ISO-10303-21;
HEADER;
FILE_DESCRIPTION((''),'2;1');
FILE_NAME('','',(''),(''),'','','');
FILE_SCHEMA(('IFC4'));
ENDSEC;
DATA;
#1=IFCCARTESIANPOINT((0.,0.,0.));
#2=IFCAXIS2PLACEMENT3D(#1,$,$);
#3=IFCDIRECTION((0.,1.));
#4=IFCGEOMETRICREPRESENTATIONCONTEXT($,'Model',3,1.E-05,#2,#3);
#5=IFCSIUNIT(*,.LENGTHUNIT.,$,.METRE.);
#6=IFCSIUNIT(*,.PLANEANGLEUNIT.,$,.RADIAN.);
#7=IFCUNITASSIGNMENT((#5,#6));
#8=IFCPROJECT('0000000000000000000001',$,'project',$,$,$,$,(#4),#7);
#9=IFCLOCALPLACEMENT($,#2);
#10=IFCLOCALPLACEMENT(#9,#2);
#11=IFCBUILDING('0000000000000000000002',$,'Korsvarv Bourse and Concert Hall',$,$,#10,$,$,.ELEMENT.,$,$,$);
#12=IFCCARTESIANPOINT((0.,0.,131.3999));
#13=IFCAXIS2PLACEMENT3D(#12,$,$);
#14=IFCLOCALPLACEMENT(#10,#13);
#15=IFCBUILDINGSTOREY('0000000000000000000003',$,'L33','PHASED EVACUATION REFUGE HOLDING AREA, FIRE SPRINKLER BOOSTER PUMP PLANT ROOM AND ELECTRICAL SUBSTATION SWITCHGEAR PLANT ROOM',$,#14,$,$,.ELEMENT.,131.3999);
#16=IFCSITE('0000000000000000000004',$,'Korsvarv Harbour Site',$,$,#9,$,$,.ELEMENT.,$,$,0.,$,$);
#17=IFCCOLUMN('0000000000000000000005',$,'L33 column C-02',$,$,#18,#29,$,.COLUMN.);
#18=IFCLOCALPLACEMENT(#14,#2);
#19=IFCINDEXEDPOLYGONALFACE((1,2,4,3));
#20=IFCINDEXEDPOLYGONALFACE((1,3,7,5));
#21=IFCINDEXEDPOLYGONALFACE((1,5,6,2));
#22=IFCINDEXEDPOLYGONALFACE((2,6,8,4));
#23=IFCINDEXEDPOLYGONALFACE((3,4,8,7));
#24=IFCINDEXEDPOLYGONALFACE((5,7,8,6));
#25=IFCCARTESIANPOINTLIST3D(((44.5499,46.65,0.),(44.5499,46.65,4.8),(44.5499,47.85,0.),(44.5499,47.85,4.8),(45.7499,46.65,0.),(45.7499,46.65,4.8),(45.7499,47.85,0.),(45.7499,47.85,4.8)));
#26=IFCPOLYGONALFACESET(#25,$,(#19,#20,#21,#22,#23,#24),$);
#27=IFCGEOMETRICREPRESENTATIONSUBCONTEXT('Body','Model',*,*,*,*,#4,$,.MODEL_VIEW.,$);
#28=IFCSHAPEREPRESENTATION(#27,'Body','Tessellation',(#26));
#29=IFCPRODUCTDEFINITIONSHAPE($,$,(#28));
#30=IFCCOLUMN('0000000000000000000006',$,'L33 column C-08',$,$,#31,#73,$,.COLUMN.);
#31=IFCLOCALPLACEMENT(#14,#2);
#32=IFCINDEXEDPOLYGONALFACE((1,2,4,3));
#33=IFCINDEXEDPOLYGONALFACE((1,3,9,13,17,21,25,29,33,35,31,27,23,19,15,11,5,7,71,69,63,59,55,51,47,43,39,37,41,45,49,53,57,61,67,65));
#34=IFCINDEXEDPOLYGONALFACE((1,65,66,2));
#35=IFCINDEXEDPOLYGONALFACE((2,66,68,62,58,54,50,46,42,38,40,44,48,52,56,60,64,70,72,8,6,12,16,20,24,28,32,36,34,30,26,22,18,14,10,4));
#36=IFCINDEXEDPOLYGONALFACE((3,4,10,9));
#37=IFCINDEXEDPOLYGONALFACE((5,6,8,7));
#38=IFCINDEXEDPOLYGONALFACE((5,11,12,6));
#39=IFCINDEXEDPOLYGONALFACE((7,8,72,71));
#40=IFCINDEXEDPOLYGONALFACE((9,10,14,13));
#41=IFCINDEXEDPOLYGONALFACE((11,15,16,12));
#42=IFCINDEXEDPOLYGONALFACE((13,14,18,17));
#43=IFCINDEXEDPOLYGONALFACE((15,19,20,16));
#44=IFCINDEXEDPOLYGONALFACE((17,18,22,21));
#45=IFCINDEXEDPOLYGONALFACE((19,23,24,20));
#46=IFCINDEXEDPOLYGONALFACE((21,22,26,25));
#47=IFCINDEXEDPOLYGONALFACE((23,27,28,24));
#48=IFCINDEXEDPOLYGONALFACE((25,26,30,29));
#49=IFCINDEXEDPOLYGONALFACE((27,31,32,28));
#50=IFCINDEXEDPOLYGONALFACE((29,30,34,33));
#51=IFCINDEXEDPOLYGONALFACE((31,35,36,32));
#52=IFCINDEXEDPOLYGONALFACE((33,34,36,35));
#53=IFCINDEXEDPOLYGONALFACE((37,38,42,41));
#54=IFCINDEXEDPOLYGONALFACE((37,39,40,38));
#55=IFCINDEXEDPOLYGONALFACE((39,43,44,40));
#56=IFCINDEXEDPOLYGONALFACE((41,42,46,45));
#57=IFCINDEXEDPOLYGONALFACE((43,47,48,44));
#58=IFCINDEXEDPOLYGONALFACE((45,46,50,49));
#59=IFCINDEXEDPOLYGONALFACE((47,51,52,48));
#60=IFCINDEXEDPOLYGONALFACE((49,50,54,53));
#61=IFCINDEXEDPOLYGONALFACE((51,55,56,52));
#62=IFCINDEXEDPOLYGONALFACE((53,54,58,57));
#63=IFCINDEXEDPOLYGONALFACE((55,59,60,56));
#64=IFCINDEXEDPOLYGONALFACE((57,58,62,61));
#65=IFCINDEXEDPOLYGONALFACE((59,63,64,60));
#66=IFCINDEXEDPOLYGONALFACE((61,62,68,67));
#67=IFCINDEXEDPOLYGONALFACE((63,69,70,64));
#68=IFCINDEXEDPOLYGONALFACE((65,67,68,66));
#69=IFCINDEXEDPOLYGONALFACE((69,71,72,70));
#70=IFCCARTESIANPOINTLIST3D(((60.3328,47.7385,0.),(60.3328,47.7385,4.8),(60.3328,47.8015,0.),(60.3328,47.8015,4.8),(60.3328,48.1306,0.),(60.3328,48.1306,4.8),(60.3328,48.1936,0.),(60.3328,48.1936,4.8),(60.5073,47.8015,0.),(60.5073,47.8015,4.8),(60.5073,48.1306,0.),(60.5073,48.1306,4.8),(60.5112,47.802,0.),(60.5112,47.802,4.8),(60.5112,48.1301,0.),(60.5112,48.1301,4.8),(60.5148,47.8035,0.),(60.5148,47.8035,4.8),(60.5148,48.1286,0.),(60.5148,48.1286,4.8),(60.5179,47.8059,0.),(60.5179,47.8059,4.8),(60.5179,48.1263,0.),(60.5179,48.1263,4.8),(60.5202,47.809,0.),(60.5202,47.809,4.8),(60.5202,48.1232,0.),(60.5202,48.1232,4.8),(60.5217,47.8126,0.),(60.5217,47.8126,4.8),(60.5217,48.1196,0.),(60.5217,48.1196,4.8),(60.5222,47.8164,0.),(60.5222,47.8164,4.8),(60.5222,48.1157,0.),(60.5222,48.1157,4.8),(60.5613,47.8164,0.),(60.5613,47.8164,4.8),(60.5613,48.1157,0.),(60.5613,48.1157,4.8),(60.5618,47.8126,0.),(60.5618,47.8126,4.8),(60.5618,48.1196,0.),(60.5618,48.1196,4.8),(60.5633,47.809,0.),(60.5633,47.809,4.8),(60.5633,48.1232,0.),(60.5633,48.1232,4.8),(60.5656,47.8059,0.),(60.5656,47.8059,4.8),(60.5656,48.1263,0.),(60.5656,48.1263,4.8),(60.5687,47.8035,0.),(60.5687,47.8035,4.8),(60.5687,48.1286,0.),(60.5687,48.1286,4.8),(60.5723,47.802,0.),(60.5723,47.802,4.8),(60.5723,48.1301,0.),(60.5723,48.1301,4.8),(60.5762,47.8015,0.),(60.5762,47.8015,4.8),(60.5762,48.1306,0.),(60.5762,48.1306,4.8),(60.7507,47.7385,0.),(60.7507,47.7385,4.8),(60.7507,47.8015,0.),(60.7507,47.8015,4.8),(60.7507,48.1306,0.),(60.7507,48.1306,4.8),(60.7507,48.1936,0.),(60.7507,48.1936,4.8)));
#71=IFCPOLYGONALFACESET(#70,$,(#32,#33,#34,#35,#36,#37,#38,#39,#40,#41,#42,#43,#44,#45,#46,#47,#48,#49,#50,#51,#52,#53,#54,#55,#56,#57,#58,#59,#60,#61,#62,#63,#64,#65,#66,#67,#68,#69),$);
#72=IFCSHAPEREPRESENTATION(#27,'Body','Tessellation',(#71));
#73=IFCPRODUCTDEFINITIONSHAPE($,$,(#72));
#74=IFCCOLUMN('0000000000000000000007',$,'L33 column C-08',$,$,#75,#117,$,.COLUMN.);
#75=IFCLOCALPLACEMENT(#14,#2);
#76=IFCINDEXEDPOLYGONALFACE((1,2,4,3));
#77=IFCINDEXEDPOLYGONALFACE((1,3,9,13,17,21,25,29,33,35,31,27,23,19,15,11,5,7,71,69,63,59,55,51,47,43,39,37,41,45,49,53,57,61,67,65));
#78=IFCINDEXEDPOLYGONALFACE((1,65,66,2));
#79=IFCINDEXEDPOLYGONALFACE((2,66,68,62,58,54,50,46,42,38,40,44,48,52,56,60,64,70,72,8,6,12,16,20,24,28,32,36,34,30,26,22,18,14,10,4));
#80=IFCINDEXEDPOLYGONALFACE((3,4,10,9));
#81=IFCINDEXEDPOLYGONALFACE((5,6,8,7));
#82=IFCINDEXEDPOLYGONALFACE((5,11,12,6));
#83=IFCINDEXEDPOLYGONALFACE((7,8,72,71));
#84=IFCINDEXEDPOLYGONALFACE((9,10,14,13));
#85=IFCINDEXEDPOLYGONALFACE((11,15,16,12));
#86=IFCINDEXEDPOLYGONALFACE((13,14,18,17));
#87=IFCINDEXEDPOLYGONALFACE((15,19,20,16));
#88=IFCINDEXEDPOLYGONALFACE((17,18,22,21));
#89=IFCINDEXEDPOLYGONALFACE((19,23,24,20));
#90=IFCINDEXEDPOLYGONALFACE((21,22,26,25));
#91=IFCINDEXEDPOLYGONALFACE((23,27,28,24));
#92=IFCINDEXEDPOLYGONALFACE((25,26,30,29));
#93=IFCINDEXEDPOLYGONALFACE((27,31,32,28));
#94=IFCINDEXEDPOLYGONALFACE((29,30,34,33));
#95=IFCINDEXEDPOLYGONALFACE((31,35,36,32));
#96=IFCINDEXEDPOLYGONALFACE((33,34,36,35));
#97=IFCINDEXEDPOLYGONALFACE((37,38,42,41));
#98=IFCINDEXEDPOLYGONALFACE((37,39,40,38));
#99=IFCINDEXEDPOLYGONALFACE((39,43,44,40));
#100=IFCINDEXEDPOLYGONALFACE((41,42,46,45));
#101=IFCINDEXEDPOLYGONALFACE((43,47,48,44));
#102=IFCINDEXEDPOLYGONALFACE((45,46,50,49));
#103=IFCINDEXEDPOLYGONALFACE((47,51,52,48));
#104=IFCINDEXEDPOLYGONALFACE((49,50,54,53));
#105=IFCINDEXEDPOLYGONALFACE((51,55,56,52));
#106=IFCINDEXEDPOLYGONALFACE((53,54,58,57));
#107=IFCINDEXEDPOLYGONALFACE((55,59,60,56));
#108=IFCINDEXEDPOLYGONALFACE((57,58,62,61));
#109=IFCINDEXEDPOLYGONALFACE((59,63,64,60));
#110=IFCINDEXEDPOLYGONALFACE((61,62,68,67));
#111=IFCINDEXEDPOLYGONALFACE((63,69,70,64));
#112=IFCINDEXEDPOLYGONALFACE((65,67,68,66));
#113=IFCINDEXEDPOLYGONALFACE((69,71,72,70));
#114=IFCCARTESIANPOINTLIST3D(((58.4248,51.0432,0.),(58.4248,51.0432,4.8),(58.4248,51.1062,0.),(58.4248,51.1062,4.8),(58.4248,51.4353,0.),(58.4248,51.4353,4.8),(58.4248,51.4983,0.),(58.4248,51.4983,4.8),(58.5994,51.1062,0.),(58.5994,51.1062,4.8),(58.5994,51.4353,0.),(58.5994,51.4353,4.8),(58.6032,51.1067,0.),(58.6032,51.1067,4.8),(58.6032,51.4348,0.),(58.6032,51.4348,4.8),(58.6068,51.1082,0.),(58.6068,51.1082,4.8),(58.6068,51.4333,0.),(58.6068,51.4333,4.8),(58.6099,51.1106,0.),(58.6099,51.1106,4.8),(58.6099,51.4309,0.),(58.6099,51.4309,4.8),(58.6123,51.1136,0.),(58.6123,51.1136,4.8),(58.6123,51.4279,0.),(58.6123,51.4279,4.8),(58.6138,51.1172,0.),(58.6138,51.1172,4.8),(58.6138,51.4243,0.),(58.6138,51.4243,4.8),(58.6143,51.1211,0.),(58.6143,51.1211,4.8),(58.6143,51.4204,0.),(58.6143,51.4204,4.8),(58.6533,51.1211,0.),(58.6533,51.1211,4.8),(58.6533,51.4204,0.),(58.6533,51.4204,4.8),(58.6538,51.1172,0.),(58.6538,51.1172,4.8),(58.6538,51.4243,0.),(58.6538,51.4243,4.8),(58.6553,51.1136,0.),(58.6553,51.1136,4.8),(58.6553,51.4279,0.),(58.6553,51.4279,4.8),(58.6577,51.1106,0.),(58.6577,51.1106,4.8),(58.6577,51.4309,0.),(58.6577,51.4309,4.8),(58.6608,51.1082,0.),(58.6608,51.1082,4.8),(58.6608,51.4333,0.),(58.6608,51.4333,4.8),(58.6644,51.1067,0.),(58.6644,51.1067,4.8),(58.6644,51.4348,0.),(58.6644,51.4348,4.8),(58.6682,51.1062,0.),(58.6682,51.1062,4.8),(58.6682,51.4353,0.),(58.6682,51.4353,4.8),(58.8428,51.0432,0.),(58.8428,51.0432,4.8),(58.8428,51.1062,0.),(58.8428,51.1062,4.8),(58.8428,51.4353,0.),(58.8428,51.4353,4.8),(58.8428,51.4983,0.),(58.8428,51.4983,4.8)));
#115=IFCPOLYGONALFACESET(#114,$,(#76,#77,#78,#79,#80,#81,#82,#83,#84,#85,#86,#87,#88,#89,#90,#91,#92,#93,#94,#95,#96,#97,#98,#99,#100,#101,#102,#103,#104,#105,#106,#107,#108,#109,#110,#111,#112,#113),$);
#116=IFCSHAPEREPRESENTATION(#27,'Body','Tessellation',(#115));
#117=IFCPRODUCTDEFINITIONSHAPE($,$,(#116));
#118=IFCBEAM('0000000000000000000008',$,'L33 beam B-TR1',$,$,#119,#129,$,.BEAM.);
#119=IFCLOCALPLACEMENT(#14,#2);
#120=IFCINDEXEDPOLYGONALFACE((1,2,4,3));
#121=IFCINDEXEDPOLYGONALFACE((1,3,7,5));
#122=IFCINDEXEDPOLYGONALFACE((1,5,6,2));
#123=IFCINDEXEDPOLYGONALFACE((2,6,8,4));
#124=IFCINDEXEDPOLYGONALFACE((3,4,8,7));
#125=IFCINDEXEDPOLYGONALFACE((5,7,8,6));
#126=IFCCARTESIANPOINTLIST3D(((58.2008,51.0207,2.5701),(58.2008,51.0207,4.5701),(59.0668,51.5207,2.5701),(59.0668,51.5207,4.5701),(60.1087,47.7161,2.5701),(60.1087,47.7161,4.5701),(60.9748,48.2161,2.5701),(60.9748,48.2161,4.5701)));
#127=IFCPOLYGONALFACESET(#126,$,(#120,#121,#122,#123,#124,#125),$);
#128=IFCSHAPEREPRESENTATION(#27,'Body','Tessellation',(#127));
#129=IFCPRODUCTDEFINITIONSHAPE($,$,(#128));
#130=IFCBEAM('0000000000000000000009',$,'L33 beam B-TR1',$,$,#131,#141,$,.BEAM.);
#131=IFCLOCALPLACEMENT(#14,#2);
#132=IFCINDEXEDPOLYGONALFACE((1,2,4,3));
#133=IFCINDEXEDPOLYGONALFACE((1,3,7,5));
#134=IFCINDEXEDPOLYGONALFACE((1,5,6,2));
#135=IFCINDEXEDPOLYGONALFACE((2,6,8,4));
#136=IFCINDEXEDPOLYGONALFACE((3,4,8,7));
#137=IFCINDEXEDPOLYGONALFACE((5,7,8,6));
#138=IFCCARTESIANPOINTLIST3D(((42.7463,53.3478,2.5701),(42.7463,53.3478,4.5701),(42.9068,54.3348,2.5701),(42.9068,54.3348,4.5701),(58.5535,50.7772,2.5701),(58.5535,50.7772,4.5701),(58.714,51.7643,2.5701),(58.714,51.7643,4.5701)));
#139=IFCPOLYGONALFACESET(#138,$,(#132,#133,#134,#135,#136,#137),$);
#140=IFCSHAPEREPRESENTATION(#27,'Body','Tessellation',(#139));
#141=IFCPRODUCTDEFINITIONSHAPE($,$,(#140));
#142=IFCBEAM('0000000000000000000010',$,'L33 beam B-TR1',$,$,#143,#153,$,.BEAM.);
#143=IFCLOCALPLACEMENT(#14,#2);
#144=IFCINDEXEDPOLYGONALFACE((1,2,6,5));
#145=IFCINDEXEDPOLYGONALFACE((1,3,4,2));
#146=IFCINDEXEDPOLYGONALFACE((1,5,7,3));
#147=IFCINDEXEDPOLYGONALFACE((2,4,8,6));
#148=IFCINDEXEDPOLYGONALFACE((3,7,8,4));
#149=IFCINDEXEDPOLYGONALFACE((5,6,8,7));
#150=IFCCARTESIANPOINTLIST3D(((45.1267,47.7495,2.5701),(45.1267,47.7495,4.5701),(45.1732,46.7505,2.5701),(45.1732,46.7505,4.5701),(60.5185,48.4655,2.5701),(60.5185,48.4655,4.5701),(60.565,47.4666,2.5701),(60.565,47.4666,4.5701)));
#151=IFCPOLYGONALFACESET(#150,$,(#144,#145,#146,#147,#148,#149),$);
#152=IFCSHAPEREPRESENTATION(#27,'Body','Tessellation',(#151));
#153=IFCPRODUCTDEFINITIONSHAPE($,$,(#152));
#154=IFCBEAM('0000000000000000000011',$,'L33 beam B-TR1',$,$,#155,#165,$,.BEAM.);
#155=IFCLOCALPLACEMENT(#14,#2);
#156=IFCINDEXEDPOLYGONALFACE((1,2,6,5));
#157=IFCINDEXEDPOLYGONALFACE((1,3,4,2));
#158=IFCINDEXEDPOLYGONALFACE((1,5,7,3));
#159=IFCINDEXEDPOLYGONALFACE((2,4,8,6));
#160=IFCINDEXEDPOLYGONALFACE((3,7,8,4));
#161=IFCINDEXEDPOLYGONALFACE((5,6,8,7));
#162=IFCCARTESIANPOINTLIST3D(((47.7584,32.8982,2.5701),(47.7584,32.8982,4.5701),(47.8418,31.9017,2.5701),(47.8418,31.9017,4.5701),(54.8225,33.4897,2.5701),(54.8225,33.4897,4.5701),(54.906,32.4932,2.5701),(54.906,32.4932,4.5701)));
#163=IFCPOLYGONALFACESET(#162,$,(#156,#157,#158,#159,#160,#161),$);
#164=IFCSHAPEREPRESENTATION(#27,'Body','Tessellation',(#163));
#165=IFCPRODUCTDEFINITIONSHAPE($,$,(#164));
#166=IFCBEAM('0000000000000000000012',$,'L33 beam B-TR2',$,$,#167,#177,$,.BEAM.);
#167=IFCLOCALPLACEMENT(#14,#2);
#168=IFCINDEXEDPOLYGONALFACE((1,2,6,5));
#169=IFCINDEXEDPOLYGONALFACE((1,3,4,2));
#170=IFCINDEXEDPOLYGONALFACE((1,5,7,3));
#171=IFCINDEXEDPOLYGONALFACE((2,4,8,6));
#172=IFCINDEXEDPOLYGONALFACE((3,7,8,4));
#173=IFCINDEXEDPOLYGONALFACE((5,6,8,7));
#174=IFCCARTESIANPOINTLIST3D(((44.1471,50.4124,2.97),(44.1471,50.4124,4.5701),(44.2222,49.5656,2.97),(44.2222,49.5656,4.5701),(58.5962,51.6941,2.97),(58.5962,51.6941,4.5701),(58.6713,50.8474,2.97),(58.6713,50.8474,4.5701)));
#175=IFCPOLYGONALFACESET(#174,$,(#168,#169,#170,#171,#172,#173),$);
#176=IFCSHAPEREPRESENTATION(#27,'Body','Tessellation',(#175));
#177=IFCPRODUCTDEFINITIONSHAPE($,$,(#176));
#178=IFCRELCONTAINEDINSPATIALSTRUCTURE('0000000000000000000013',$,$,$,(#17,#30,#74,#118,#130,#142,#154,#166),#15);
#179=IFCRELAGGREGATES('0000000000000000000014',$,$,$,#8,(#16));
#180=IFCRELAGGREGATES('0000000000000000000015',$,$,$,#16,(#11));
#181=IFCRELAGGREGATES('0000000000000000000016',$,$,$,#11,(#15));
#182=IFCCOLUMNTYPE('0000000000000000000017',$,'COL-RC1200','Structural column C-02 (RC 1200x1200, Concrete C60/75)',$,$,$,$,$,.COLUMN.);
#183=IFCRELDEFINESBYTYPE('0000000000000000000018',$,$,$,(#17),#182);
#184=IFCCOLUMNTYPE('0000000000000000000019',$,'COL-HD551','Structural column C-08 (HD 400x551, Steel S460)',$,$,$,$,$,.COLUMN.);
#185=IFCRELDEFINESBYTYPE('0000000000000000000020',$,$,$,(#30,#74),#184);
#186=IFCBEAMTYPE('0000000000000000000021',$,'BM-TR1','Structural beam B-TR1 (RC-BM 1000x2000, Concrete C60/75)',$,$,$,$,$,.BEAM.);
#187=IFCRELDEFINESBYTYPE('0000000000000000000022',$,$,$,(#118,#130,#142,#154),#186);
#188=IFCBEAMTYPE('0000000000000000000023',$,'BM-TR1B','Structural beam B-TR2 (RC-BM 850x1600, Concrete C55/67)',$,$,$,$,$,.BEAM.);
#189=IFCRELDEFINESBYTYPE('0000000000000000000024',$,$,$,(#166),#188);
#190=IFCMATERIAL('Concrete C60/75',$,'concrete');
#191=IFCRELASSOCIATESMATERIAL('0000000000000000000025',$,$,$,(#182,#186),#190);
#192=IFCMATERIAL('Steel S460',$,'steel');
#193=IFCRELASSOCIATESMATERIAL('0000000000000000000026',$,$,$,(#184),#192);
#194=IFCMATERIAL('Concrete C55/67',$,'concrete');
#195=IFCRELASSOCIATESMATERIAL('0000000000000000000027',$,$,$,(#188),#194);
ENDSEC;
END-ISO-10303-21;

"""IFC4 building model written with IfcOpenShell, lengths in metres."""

from ifc_helpers import new_model, si_unit, direction, frame, origin, origin_2d, place, context, subcontext, project, spatial, rectangle, i_section, extrude, source, transform, mapped, material, material_profile, profile_set, type_object, element, save


model = new_model("IFC4")

# Units and contexts
model_context = context("Model", 3, precision=1e-05, world=origin(), true_north=direction((0.0, 1.0)))
body_context = subcontext(model_context, "Body", "Model", "MODEL_VIEW")
ifc_project = project(units=[si_unit("LENGTHUNIT", "METRE"), si_unit("PLANEANGLEUNIT", "RADIAN")], contexts=[model_context])

# Site, building, storey
site_placement = place(None, origin())
site = spatial("IfcSite", under=ifc_project, at=site_placement, Name="Korsvarv Harbour Site", CompositionType="ELEMENT", RefElevation=0.0)
building_placement = place(site_placement, origin())
building = spatial("IfcBuilding", under=site, at=building_placement, Name="Korsvarv Bourse and Concert Hall", CompositionType="ELEMENT")
storey_placement = place(building_placement, frame((0.0, 0.0, 131.3999)))
storey = spatial("IfcBuildingStorey", under=building, at=storey_placement, Name="L33", Description="PHASED EVACUATION REFUGE HOLDING AREA, FIRE SPRINKLER BOOSTER PUMP PLANT ROOM AND ELECTRICAL SUBSTATION SWITCHGEAR PLANT ROOM", CompositionType="ELEMENT", Elevation=131.3999)

# Columns
ifc_material_1 = material(Name="Concrete C60/75", Category="concrete")
ifc_material_profile_1 = material_profile(ifc_material_1, rectangle(XDim=1.2, YDim=1.2, at=origin_2d()), Name="RC 1200x1200")
ifc_profile_set_1 = profile_set([ifc_material_profile_1], Name="Concrete C60/75")
column_type_1 = type_object("IfcColumnType", Name="COL-RC1200", Description="Structural column C-02 (RC 1200x1200, Concrete C60/75)", PredefinedType="COLUMN", material=ifc_profile_set_1)
shared_shape_1 = source(origin(), body_context, "Body", "SweptSolid", [
    extrude(rectangle(XDim=1.2, YDim=1.2, at=origin_2d()), origin(), (0.0, 0.0, 1.0), 4.8),
])
column_placement = place(storey_placement, frame((45.1499, 47.25, 0.0), z_axis=(0.0, 0.0, 1.0), x_axis=(1.0, 0.0, 0.0)))
element("IfcColumn", 1, at=column_placement, inside=storey, type_object=column_type_1, Name="L33 column C-02", PredefinedType="COLUMN", context=body_context, shape_type="MappedRepresentation", body=[
    mapped(shared_shape_1, transform((0.0, 0.0, 0.0), scale=1.0)),
])
ifc_material_2 = material(Name="Steel S460", Category="steel")
ifc_material_profile_2 = material_profile(ifc_material_2, i_section(OverallWidth=0.418, OverallDepth=0.4551, WebThickness=0.0391, FlangeThickness=0.063, FilletRadius=0.0149, at=origin_2d()), Name="HD 400x551")
ifc_profile_set_2 = profile_set([ifc_material_profile_2], Name="Steel S460")
column_type_2 = type_object("IfcColumnType", Name="COL-HD551", Description="Structural column C-08 (HD 400x551, Steel S460)", PredefinedType="COLUMN", material=ifc_profile_set_2)
shared_shape_2 = source(origin(), body_context, "Body", "SweptSolid", [
    extrude(i_section(OverallWidth=0.418, OverallDepth=0.4551, WebThickness=0.0391, FlangeThickness=0.063, FilletRadius=0.0149, at=origin_2d()), origin(), (0.0, 0.0, 1.0), 4.8),
])
for number, where, z_axis, x_axis, name in (
    (2, (60.5417, 47.9661, 0.0), (0.0, 0.0, 1.0), (1.0, 0.0, 0.0), "L33 column C-08"),
    (3, (58.6338, 51.2708, 0.0), (0.0, 0.0, 1.0), (1.0, 0.0, 0.0), "L33 column C-08"),
):
    element("IfcColumn", number, at=place(storey_placement, frame(where, z_axis=z_axis, x_axis=x_axis)), inside=storey, type_object=column_type_2, Name=name, PredefinedType="COLUMN", context=body_context, shape_type="MappedRepresentation", body=[
        mapped(shared_shape_2, transform((0.0, 0.0, 0.0), scale=1.0)),
    ])

# Beams
ifc_material_profile_3 = material_profile(ifc_material_1, rectangle(XDim=1.0, YDim=2.0, at=origin_2d()), Name="RC-BM 1000x2000")
ifc_profile_set_3 = profile_set([ifc_material_profile_3], Name="Concrete C60/75")
beam_type_1 = type_object("IfcBeamType", Name="BM-TR1", Description="Structural beam B-TR1 (RC-BM 1000x2000, Concrete C60/75)", PredefinedType="BEAM", material=ifc_profile_set_3)
shared_shape_3 = source(origin(), body_context, "Body", "SweptSolid", [
    extrude(rectangle(XDim=1.0, YDim=2.0, at=origin_2d()), origin(), (0.0, 0.0, 1.0), 3.8159),
])
beam_1_placement = place(storey_placement, frame((60.5417, 47.9661, 3.5701), z_axis=(-0.499999, 0.866026, 0.0), x_axis=(-0.866026, -0.499999, 0.0)))
element("IfcBeam", 4, at=beam_1_placement, inside=storey, type_object=beam_type_1, Name="L33 beam B-TR1", PredefinedType="BEAM", context=body_context, shape_type="MappedRepresentation", body=[
    mapped(shared_shape_3, transform((0.0, 0.0, 0.0), scale=1.0)),
])
shared_shape_4 = source(origin(), body_context, "Body", "SweptSolid", [
    extrude(rectangle(XDim=1.0, YDim=2.0, at=origin_2d()), origin(), (0.0, 0.0, 1.0), 16.0149),
])
beam_2_placement = place(storey_placement, frame((58.6338, 51.2708, 3.5701), z_axis=(-0.987034, 0.160512, 0.0), x_axis=(-0.160512, -0.987034, 0.0)))
element("IfcBeam", 5, at=beam_2_placement, inside=storey, type_object=beam_type_1, Name="L33 beam B-TR1", PredefinedType="BEAM", context=body_context, shape_type="MappedRepresentation", body=[
    mapped(shared_shape_4, transform((0.0, 0.0, 0.0), scale=1.0)),
])
shared_shape_5 = source(origin(), body_context, "Body", "SweptSolid", [
    extrude(rectangle(XDim=1.0, YDim=2.0, at=origin_2d()), origin(), (0.0, 0.0, 1.0), 15.4084),
])
beam_3_placement = place(storey_placement, frame((60.5417, 47.9661, 3.5701), z_axis=(-0.99892, -0.046472, 0.0), x_axis=(0.046472, -0.99892, 0.0)))
element("IfcBeam", 6, at=beam_3_placement, inside=storey, type_object=beam_type_1, Name="L33 beam B-TR1", PredefinedType="BEAM", context=body_context, shape_type="MappedRepresentation", body=[
    mapped(shared_shape_5, transform((0.0, 0.0, 0.0), scale=1.0)),
])
shared_shape_6 = source(origin(), body_context, "Body", "SweptSolid", [
    extrude(rectangle(XDim=1.0, YDim=2.0, at=origin_2d()), origin(), (0.0, 0.0, 1.0), 7.0889),
])
beam_4_placement = place(storey_placement, frame((54.8643, 32.9915, 3.5701), z_axis=(-0.996512, -0.083447, 0.0), x_axis=(0.083447, -0.996512, 0.0)))
element("IfcBeam", 7, at=beam_4_placement, inside=storey, type_object=beam_type_1, Name="L33 beam B-TR1", PredefinedType="BEAM", context=body_context, shape_type="MappedRepresentation", body=[
    mapped(shared_shape_6, transform((0.0, 0.0, 0.0), scale=1.0)),
])
ifc_material_3 = material(Name="Concrete C55/67", Category="concrete")
ifc_material_profile_4 = material_profile(ifc_material_3, rectangle(XDim=0.8501, YDim=1.6001, at=origin_2d()), Name="RC-BM 850x1600")
ifc_profile_set_4 = profile_set([ifc_material_profile_4], Name="Concrete C55/67")
beam_type_2 = type_object("IfcBeamType", Name="BM-TR1B", Description="Structural beam B-TR2 (RC-BM 850x1600, Concrete C55/67)", PredefinedType="BEAM", material=ifc_profile_set_4)
shared_shape_7 = source(origin(), body_context, "Body", "SweptSolid", [
    extrude(rectangle(XDim=0.8501, YDim=1.6001, at=origin_2d()), origin(), (0.0, 0.0, 1.0), 14.5059),
])
beam_5_placement = place(storey_placement, frame((58.6338, 51.2708, 3.77), z_axis=(-0.996089, -0.088359, 0.0), x_axis=(0.088359, -0.996089, 0.0)))
element("IfcBeam", 8, at=beam_5_placement, inside=storey, type_object=beam_type_2, Name="L33 beam B-TR2", PredefinedType="BEAM", context=body_context, shape_type="MappedRepresentation", body=[
    mapped(shared_shape_7, transform((0.0, 0.0, 0.0), scale=1.0)),
])

save(model, "model.ifc")
